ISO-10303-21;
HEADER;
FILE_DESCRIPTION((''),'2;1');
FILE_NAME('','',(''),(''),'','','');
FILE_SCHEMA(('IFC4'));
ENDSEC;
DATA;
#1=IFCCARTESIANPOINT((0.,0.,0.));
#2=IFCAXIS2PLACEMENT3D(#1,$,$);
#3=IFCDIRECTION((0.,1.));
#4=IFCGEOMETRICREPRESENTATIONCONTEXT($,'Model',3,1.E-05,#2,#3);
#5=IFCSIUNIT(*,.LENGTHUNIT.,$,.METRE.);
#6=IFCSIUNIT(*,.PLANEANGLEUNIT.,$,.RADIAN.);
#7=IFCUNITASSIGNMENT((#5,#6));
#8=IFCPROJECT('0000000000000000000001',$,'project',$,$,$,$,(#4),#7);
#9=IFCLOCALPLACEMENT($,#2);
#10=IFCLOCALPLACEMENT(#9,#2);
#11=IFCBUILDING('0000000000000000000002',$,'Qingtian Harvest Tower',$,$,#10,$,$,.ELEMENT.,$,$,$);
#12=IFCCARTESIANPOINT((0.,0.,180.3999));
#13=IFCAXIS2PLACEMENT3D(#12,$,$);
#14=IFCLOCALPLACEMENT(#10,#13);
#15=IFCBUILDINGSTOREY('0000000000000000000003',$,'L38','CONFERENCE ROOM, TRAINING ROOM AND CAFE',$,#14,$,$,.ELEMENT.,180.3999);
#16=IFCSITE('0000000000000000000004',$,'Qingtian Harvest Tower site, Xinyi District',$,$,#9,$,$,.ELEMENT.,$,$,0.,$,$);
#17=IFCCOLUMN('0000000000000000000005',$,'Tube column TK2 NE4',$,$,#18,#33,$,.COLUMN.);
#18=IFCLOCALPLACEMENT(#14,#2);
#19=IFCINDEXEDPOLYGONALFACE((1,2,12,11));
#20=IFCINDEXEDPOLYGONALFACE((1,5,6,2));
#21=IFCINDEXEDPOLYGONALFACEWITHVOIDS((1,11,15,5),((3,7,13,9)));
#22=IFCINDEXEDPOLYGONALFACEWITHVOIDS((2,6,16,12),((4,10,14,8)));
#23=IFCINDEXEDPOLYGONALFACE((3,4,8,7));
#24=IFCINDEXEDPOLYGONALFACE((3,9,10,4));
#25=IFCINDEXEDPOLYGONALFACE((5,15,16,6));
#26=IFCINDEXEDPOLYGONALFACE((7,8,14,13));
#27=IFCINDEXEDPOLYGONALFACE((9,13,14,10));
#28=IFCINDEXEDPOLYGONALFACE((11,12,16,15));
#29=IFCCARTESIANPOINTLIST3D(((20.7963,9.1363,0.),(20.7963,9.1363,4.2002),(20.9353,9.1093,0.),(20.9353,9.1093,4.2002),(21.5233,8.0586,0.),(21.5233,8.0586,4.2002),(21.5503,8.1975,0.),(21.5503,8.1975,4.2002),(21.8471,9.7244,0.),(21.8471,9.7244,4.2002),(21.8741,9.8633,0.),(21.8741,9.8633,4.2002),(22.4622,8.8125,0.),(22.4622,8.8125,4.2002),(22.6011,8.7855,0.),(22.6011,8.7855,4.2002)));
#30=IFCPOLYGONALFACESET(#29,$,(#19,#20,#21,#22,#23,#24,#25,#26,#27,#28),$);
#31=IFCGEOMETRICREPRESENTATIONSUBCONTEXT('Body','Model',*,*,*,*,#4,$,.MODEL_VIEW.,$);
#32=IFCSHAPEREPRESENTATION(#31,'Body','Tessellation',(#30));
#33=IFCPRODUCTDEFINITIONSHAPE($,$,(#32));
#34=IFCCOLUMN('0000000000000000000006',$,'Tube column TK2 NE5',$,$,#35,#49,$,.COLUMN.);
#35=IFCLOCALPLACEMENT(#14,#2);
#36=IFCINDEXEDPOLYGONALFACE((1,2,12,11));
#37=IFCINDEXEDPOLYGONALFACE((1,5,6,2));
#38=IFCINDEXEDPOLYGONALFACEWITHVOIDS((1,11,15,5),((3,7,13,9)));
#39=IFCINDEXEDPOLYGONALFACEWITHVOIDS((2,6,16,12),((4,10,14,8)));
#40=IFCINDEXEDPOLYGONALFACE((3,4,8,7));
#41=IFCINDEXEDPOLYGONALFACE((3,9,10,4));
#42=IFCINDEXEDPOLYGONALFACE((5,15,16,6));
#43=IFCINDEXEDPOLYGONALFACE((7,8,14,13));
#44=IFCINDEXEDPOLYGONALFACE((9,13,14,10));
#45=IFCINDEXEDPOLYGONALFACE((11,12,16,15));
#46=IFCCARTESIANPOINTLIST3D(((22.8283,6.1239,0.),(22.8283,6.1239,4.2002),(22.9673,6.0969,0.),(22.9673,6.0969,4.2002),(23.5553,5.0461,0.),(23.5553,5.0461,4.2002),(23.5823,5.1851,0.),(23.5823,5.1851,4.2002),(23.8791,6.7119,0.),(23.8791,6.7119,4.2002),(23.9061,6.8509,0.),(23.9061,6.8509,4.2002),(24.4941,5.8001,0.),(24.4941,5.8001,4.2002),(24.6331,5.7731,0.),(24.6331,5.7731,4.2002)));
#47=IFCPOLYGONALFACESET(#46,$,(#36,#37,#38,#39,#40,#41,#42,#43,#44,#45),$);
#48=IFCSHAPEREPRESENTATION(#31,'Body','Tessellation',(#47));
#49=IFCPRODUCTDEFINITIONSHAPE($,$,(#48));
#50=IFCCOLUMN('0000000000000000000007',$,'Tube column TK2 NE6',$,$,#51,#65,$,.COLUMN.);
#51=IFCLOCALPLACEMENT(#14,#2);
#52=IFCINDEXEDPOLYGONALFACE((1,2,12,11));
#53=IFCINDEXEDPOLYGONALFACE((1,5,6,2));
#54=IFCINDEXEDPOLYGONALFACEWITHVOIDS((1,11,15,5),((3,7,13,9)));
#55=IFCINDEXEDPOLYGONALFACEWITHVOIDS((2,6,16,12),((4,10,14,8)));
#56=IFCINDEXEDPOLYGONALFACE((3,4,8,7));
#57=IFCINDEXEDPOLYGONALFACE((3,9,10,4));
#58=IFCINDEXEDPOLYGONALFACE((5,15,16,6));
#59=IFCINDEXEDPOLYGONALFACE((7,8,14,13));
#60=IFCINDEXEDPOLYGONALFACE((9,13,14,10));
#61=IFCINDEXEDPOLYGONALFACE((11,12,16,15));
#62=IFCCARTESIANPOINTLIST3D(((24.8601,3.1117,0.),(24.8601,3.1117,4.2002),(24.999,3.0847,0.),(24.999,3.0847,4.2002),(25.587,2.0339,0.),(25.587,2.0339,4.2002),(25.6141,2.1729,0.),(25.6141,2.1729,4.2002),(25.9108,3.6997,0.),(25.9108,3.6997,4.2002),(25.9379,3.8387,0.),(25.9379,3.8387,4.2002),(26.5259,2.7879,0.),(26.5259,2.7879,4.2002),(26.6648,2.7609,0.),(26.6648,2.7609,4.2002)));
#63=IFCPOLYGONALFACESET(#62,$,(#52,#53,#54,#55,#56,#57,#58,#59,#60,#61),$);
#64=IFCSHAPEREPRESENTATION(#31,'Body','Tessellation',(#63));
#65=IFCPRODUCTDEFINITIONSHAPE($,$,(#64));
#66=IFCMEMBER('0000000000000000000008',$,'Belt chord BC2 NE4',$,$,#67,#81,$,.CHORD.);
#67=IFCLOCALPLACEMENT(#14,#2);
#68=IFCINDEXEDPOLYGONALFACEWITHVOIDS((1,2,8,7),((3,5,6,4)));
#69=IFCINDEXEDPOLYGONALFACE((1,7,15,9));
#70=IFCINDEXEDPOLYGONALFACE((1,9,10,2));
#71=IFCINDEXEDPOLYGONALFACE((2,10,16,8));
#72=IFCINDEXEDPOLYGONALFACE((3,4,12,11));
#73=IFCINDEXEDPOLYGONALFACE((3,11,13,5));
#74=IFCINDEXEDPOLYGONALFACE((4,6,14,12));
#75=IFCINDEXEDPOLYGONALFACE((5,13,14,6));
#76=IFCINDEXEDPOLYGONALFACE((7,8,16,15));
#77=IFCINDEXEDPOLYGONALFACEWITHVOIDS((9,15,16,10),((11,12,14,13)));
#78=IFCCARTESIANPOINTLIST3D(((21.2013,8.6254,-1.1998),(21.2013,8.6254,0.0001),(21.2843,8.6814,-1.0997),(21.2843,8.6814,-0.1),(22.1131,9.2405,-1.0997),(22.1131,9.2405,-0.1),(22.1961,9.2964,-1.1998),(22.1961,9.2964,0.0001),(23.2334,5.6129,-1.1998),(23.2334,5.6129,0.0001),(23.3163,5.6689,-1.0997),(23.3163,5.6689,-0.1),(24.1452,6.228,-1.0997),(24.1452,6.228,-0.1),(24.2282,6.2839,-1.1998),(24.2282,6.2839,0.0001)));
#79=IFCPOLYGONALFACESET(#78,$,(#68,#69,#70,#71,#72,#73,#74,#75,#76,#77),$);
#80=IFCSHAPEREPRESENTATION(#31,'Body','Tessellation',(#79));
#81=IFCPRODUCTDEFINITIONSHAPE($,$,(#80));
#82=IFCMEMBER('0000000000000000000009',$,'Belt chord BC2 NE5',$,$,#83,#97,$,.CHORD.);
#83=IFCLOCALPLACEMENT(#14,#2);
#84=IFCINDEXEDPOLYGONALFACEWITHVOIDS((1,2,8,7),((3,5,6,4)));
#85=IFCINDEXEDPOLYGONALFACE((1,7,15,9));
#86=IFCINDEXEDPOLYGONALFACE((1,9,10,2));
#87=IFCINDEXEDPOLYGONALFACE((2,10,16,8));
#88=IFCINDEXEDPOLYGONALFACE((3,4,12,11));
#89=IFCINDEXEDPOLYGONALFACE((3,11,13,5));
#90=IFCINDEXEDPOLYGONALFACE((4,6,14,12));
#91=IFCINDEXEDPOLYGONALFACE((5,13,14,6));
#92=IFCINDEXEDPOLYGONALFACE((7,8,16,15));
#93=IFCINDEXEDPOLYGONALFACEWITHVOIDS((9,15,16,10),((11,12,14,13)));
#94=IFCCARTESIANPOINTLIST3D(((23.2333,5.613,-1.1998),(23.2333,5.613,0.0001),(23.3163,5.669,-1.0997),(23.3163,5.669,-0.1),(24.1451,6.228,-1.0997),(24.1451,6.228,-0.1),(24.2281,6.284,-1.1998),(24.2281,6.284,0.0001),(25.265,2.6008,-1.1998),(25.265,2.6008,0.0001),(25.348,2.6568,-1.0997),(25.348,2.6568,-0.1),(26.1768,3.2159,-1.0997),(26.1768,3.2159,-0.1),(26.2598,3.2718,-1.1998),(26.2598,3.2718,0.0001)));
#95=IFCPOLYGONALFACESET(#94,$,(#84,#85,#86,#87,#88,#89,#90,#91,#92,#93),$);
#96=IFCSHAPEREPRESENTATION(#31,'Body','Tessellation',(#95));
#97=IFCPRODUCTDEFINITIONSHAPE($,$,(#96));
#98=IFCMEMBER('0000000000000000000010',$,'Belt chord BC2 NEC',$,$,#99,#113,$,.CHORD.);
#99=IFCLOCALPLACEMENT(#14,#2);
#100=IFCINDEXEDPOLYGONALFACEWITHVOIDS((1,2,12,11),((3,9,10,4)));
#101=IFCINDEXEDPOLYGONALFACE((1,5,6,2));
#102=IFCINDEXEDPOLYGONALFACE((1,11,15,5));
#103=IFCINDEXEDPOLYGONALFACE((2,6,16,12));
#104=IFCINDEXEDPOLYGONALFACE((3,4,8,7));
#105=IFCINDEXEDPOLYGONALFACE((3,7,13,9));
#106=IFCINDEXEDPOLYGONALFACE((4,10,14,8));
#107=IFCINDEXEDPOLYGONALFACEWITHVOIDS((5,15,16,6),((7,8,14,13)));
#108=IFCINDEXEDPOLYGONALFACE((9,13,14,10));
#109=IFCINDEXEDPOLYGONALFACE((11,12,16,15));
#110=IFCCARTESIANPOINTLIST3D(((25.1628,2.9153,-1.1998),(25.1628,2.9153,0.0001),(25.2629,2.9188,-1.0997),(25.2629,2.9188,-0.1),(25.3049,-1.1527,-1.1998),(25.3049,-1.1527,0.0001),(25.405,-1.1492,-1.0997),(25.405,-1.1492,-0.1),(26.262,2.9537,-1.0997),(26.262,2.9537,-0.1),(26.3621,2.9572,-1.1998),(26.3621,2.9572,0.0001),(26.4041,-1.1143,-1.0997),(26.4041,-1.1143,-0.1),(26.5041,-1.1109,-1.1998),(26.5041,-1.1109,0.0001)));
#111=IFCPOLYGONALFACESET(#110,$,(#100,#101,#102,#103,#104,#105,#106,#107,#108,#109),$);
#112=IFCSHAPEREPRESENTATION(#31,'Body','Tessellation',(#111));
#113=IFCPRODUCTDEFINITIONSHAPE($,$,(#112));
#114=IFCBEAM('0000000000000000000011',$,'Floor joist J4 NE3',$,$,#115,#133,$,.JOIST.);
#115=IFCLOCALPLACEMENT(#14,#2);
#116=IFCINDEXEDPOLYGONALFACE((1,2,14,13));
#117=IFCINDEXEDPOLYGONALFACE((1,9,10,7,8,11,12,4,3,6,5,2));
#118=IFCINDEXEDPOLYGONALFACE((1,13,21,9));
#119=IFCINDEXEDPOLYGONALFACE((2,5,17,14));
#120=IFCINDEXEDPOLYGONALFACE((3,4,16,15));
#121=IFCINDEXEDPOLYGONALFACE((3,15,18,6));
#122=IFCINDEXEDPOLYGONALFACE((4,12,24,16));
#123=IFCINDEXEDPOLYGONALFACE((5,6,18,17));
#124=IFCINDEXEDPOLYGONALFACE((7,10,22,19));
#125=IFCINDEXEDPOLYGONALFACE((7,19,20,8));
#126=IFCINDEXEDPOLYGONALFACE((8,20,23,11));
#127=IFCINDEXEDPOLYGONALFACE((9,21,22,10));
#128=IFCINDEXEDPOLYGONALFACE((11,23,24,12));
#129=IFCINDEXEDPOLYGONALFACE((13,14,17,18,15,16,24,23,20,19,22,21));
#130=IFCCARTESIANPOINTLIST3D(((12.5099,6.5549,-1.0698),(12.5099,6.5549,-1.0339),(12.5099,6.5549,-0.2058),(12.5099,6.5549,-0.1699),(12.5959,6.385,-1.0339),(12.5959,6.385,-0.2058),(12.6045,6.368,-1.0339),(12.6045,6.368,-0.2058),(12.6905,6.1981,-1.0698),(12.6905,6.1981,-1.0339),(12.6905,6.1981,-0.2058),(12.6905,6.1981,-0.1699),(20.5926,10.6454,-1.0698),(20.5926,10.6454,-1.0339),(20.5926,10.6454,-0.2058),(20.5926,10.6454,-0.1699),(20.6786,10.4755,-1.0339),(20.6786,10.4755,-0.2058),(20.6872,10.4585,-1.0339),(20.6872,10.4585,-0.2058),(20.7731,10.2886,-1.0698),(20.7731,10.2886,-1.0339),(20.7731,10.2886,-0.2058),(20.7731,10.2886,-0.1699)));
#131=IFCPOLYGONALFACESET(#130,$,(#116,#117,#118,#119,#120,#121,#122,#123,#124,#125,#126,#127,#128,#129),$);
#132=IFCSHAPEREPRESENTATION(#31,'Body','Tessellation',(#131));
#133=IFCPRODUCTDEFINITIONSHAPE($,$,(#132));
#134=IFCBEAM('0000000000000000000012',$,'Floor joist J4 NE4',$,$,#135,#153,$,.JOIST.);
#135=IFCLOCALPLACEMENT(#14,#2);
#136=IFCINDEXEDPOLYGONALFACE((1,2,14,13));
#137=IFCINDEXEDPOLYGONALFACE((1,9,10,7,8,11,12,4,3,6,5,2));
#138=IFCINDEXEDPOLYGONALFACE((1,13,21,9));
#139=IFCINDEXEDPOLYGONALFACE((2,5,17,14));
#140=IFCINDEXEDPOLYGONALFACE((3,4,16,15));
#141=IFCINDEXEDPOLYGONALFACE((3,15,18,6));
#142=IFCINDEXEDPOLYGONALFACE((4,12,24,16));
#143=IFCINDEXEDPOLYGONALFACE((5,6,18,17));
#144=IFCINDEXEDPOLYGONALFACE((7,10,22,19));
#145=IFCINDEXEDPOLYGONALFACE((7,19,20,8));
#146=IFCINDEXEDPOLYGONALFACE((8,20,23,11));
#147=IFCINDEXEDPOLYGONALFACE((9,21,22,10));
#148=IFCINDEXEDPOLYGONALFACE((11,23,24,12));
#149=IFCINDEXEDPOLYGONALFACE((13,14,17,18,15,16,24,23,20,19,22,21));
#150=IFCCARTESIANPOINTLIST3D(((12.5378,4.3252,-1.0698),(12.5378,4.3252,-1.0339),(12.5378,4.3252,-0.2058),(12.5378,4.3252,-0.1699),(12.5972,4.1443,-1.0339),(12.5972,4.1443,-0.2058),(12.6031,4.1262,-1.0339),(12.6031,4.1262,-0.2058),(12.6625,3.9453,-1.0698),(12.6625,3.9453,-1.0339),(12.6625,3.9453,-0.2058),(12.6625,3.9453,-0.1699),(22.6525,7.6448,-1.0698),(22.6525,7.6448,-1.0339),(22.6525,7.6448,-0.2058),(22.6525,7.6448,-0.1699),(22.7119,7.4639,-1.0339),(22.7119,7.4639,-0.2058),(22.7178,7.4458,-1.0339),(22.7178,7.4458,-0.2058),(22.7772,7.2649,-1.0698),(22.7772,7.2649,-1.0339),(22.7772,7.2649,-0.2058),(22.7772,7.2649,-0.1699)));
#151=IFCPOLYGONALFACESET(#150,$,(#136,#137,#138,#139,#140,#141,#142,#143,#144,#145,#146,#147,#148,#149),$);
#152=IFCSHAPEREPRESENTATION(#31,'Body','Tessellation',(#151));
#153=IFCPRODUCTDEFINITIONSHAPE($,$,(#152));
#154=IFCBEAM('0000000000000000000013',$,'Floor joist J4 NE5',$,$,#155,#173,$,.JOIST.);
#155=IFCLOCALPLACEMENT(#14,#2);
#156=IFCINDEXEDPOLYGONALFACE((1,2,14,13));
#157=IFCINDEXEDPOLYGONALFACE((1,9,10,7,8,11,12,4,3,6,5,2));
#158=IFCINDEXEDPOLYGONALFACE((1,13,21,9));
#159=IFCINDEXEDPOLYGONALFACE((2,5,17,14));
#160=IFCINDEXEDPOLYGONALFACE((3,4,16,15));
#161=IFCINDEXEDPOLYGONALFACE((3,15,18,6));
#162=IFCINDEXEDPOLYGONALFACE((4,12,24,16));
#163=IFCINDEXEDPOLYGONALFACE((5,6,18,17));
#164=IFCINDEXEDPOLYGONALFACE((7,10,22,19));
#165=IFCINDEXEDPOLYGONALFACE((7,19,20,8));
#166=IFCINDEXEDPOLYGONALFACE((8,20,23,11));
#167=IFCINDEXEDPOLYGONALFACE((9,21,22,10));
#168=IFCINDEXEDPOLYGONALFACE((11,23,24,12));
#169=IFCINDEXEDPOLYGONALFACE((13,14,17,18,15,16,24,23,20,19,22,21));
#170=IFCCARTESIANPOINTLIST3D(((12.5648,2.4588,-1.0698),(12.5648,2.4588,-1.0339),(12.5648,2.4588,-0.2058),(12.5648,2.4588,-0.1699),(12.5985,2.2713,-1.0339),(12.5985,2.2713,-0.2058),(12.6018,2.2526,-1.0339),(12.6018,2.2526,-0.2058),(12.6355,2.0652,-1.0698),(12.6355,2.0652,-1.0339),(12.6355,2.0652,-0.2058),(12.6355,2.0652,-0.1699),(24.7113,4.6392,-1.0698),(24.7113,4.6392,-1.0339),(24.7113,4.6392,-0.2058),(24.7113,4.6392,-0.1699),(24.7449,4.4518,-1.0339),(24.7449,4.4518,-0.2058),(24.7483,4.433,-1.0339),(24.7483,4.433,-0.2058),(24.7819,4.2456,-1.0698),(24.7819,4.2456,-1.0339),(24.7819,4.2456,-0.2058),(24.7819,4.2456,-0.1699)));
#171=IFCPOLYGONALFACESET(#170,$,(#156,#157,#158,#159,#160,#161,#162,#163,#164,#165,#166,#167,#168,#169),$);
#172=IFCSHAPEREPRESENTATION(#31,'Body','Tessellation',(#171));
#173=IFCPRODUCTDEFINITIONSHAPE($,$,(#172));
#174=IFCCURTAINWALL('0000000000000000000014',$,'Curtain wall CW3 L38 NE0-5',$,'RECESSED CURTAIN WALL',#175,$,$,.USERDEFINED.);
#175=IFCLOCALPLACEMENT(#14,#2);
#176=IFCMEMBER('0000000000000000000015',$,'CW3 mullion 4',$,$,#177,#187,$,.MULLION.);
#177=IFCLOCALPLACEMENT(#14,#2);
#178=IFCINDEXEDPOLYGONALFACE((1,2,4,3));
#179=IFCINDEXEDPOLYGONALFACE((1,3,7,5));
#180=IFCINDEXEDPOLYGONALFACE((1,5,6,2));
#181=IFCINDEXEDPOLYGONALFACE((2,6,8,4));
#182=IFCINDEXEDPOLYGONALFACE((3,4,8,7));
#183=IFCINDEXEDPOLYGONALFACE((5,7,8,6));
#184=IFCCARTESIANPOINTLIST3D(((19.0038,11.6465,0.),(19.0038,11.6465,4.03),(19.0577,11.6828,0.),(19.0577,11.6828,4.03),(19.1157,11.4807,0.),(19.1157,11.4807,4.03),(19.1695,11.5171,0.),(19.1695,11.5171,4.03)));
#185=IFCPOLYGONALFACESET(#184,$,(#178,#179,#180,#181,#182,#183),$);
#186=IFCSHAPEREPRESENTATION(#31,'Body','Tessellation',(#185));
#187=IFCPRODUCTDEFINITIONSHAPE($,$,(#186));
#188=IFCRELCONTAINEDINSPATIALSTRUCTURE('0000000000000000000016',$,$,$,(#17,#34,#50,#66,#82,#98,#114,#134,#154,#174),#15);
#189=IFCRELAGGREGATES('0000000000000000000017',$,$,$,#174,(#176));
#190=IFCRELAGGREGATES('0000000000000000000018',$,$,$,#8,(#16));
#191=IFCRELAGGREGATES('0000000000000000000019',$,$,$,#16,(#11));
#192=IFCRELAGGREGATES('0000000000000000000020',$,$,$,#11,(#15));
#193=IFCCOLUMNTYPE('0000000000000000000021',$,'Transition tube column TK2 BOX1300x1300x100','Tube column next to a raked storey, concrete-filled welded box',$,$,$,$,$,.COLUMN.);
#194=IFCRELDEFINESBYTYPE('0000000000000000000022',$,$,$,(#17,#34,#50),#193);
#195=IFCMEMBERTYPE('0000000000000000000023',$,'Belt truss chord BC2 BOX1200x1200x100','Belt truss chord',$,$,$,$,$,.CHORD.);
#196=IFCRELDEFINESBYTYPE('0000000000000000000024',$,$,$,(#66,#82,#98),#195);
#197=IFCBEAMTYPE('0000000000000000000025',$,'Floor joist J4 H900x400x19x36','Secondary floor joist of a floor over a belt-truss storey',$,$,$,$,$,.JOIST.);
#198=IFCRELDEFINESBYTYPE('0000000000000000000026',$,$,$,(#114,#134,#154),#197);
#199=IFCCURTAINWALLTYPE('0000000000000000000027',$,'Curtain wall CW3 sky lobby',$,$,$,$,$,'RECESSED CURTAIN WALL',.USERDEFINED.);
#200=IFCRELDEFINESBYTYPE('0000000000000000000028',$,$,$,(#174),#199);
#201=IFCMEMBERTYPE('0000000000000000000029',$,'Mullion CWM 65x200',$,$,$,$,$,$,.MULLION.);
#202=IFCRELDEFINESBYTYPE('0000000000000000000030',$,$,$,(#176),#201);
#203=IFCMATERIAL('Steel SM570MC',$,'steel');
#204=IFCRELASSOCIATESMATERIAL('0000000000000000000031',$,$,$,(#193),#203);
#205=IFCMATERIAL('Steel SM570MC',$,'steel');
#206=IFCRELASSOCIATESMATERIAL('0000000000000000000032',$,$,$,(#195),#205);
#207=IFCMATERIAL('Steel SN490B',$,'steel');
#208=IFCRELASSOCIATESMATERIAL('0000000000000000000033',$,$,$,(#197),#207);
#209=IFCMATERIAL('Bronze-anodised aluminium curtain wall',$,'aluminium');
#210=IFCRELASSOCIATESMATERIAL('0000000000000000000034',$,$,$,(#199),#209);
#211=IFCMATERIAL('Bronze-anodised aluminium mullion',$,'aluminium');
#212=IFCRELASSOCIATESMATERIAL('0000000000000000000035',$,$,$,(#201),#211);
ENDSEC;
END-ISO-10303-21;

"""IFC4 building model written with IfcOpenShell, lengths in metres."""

from ifc_helpers import new_model, si_unit, direction, frame, origin, origin_2d, place, context, subcontext, project, spatial, rectangle, hollow_rectangle, i_section, extrude, material, material_profile, profile_set, type_object, element, aggregate, save


model = new_model("IFC4")

# Units and contexts
model_context = context("Model", 3, precision=1e-05, world=origin(), true_north=direction((0.0, 1.0)))
body_context = subcontext(model_context, "Body", "Model", "MODEL_VIEW")
ifc_project = project(units=[si_unit("LENGTHUNIT", "METRE"), si_unit("PLANEANGLEUNIT", "RADIAN")], contexts=[model_context])

# Site, building, storey
site_placement = place(None, origin())
site = spatial("IfcSite", under=ifc_project, at=site_placement, Name="Qingtian Harvest Tower site, Xinyi District", CompositionType="ELEMENT", RefElevation=0.0)
building_placement = place(site_placement, origin())
building = spatial("IfcBuilding", under=site, at=building_placement, Name="Qingtian Harvest Tower", CompositionType="ELEMENT")
storey_placement = place(building_placement, frame((0.0, 0.0, 180.3999)))
storey = spatial("IfcBuildingStorey", under=building, at=storey_placement, Name="L38", Description="CONFERENCE ROOM, TRAINING ROOM AND CAFE", CompositionType="ELEMENT", Elevation=180.3999)

# Columns
ifc_material_1 = material(Name="Steel SM570MC", Category="steel")
ifc_material_profile_1 = material_profile(ifc_material_1, hollow_rectangle(XDim=1.3, YDim=1.3, WallThickness=0.1001, at=origin_2d()), Name="BOX1300x1300x100")
ifc_profile_set_1 = profile_set([ifc_material_profile_1], Name="Steel SM570MC")
column_type = type_object("IfcColumnType", Name="Transition tube column TK2 BOX1300x1300x100", Description="Tube column next to a raked storey, concrete-filled welded box", PredefinedType="COLUMN", material=ifc_profile_set_1)
for number, where, z_axis, x_axis, name in (
    (1, (21.6987, 8.9609, 0.0), (0.0, 0.0, 1.0), (-0.559193, 0.829038, 0.0), "Tube column TK2 NE4"),
    (2, (23.7307, 5.9485, 0.0), (0.0, 0.0, 1.0), (-0.559193, 0.829038, 0.0), "Tube column TK2 NE5"),
    (3, (25.7625, 2.9363, 0.0), (0.0, 0.0, 1.0), (-0.559193, 0.829038, 0.0), "Tube column TK2 NE6"),
):
    element("IfcColumn", number, at=place(storey_placement, frame(where, z_axis=z_axis, x_axis=x_axis)), inside=storey, type_object=column_type, Name=name, PredefinedType="COLUMN", context=body_context, shape_type="SweptSolid", body=[
        extrude(hollow_rectangle(XDim=1.3, YDim=1.3, WallThickness=0.1001, at=origin_2d()), origin(), (0.0, 0.0, 1.0), 4.2002),
    ])

# Members
ifc_material_2 = material(Name="Steel SM570MC", Category="steel")
ifc_material_profile_2 = material_profile(ifc_material_2, hollow_rectangle(XDim=1.2, YDim=1.2, WallThickness=0.1001, at=origin_2d()), Name="BOX1200x1200x100")
ifc_profile_set_2 = profile_set([ifc_material_profile_2], Name="Steel SM570MC")
member_type_1 = type_object("IfcMemberType", Name="Belt truss chord BC2 BOX1200x1200x100", Description="Belt truss chord", PredefinedType="CHORD", material=ifc_profile_set_2)
member_1_placement = place(storey_placement, frame((21.6987, 8.9609, -0.5999), z_axis=(0.559204, -0.82903, 0.0), x_axis=(0.82903, 0.559204, 0.0)))
element("IfcMember", 4, at=member_1_placement, inside=storey, type_object=member_type_1, Name="Belt chord BC2 NE4", PredefinedType="CHORD", context=body_context, shape_type="SweptSolid", body=[
    extrude(hollow_rectangle(XDim=1.2, YDim=1.2, WallThickness=0.1001, at=origin_2d()), origin(), (0.0, 0.0, 1.0), 3.6338),
])
member_2_placement = place(storey_placement, frame((23.7307, 5.9485, -0.5999), z_axis=(0.559189, -0.82904, 0.0), x_axis=(0.82904, 0.559189, 0.0)))
element("IfcMember", 5, at=member_2_placement, inside=storey, type_object=member_type_1, Name="Belt chord BC2 NE5", PredefinedType="CHORD", context=body_context, shape_type="SweptSolid", body=[
    extrude(hollow_rectangle(XDim=1.2, YDim=1.2, WallThickness=0.1001, at=origin_2d()), origin(), (0.0, 0.0, 1.0), 3.6333),
])
member_3_placement = place(storey_placement, frame((25.7625, 2.9363, -0.5999), z_axis=(0.034906, -0.999391, 0.0), x_axis=(0.999391, 0.034906, 0.0)))
element("IfcMember", 6, at=member_3_placement, inside=storey, type_object=member_type_1, Name="Belt chord BC2 NEC", PredefinedType="CHORD", context=body_context, shape_type="SweptSolid", body=[
    extrude(hollow_rectangle(XDim=1.2, YDim=1.2, WallThickness=0.1001, at=origin_2d()), origin(), (0.0, 0.0, 1.0), 4.0706),
])

# Beams
ifc_material_3 = material(Name="Steel SN490B", Category="steel")
ifc_material_profile_3 = material_profile(ifc_material_3, i_section(OverallWidth=0.3999, OverallDepth=0.8999, WebThickness=0.019, FlangeThickness=0.0359, at=origin_2d()), Name="H900x400x19x36")
ifc_profile_set_3 = profile_set([ifc_material_profile_3], Name="Steel SN490B")
beam_type_1 = type_object("IfcBeamType", Name="Floor joist J4 H900x400x19x36", Description="Secondary floor joist of a floor over a belt-truss storey", PredefinedType="JOIST", material=ifc_profile_set_3)
beam_1_placement = place(storey_placement, frame((20.6829, 10.467, -0.6199), z_axis=(-0.892244, -0.451553, 0.0), x_axis=(0.451553, -0.892244, 0.0)))
element("IfcBeam", 7, at=beam_1_placement, inside=storey, type_object=beam_type_1, Name="Floor joist J4 NE3", PredefinedType="JOIST", context=body_context, shape_type="SweptSolid", body=[
    extrude(i_section(OverallWidth=0.3999, OverallDepth=0.8999, WebThickness=0.019, FlangeThickness=0.0359, at=origin_2d()), origin(), (0.0, 0.0, 1.0), 9.0588),
])
beam_2_placement = place(storey_placement, frame((22.7148, 7.4548, -0.6199), z_axis=(-0.950139, -0.311828, 0.0), x_axis=(0.311828, -0.950139, 0.0)))
element("IfcBeam", 8, at=beam_2_placement, inside=storey, type_object=beam_type_1, Name="Floor joist J4 NE4", PredefinedType="JOIST", context=body_context, shape_type="SweptSolid", body=[
    extrude(i_section(OverallWidth=0.3999, OverallDepth=0.8999, WebThickness=0.019, FlangeThickness=0.0359, at=origin_2d()), origin(), (0.0, 0.0, 1.0), 10.6455),
])
beam_3_placement = place(storey_placement, frame((24.7466, 4.4424, -0.6199), z_axis=(-0.984267, -0.176686, 0.0), x_axis=(0.176686, -0.984267, 0.0)))
element("IfcBeam", 9, at=beam_3_placement, inside=storey, type_object=beam_type_1, Name="Floor joist J4 NE5", PredefinedType="JOIST", context=body_context, shape_type="SweptSolid", body=[
    extrude(i_section(OverallWidth=0.3999, OverallDepth=0.8999, WebThickness=0.019, FlangeThickness=0.0359, at=origin_2d()), origin(), (0.0, 0.0, 1.0), 12.3406),
])

# Curtain wall, member
ifc_material_4 = material(Name="Bronze-anodised aluminium curtain wall", Category="aluminium")
curtain_wall_type = type_object("IfcCurtainWallType", Name="Curtain wall CW3 sky lobby", ElementType="RECESSED CURTAIN WALL", PredefinedType="USERDEFINED", material=ifc_material_4)
curtain_wall_1_placement = place(storey_placement, origin())
curtain_wall_1 = element("IfcCurtainWall", 10, at=curtain_wall_1_placement, inside=storey, type_object=curtain_wall_type, Name="Curtain wall CW3 L38 NE0-5", ObjectType="RECESSED CURTAIN WALL", PredefinedType="USERDEFINED")
ifc_material_5 = material(Name="Bronze-anodised aluminium mullion", Category="aluminium")
ifc_material_profile_4 = material_profile(ifc_material_5, rectangle(XDim=0.0649, YDim=0.2, at=origin_2d()), Name="AL 65x200")
ifc_profile_set_4 = profile_set([ifc_material_profile_4], Name="Bronze-anodised aluminium mullion")
member_type_2 = type_object("IfcMemberType", Name="Mullion CWM 65x200", PredefinedType="MULLION", material=ifc_profile_set_4)
member_4_placement = place(storey_placement, frame((19.0867, 11.5818, 0.0), z_axis=(0.0, 0.0, 1.0), x_axis=(0.829038, 0.559193, 0.0)))
member_4 = element("IfcMember", 11, at=member_4_placement, type_object=member_type_2, Name="CW3 mullion 4", PredefinedType="MULLION", context=body_context, shape_type="SweptSolid", body=[
    extrude(rectangle(XDim=0.0649, YDim=0.2, at=origin_2d()), origin(), (0.0, 0.0, 1.0), 4.03),
])

aggregate(curtain_wall_1, [member_4])

save(model, "model.ifc")
